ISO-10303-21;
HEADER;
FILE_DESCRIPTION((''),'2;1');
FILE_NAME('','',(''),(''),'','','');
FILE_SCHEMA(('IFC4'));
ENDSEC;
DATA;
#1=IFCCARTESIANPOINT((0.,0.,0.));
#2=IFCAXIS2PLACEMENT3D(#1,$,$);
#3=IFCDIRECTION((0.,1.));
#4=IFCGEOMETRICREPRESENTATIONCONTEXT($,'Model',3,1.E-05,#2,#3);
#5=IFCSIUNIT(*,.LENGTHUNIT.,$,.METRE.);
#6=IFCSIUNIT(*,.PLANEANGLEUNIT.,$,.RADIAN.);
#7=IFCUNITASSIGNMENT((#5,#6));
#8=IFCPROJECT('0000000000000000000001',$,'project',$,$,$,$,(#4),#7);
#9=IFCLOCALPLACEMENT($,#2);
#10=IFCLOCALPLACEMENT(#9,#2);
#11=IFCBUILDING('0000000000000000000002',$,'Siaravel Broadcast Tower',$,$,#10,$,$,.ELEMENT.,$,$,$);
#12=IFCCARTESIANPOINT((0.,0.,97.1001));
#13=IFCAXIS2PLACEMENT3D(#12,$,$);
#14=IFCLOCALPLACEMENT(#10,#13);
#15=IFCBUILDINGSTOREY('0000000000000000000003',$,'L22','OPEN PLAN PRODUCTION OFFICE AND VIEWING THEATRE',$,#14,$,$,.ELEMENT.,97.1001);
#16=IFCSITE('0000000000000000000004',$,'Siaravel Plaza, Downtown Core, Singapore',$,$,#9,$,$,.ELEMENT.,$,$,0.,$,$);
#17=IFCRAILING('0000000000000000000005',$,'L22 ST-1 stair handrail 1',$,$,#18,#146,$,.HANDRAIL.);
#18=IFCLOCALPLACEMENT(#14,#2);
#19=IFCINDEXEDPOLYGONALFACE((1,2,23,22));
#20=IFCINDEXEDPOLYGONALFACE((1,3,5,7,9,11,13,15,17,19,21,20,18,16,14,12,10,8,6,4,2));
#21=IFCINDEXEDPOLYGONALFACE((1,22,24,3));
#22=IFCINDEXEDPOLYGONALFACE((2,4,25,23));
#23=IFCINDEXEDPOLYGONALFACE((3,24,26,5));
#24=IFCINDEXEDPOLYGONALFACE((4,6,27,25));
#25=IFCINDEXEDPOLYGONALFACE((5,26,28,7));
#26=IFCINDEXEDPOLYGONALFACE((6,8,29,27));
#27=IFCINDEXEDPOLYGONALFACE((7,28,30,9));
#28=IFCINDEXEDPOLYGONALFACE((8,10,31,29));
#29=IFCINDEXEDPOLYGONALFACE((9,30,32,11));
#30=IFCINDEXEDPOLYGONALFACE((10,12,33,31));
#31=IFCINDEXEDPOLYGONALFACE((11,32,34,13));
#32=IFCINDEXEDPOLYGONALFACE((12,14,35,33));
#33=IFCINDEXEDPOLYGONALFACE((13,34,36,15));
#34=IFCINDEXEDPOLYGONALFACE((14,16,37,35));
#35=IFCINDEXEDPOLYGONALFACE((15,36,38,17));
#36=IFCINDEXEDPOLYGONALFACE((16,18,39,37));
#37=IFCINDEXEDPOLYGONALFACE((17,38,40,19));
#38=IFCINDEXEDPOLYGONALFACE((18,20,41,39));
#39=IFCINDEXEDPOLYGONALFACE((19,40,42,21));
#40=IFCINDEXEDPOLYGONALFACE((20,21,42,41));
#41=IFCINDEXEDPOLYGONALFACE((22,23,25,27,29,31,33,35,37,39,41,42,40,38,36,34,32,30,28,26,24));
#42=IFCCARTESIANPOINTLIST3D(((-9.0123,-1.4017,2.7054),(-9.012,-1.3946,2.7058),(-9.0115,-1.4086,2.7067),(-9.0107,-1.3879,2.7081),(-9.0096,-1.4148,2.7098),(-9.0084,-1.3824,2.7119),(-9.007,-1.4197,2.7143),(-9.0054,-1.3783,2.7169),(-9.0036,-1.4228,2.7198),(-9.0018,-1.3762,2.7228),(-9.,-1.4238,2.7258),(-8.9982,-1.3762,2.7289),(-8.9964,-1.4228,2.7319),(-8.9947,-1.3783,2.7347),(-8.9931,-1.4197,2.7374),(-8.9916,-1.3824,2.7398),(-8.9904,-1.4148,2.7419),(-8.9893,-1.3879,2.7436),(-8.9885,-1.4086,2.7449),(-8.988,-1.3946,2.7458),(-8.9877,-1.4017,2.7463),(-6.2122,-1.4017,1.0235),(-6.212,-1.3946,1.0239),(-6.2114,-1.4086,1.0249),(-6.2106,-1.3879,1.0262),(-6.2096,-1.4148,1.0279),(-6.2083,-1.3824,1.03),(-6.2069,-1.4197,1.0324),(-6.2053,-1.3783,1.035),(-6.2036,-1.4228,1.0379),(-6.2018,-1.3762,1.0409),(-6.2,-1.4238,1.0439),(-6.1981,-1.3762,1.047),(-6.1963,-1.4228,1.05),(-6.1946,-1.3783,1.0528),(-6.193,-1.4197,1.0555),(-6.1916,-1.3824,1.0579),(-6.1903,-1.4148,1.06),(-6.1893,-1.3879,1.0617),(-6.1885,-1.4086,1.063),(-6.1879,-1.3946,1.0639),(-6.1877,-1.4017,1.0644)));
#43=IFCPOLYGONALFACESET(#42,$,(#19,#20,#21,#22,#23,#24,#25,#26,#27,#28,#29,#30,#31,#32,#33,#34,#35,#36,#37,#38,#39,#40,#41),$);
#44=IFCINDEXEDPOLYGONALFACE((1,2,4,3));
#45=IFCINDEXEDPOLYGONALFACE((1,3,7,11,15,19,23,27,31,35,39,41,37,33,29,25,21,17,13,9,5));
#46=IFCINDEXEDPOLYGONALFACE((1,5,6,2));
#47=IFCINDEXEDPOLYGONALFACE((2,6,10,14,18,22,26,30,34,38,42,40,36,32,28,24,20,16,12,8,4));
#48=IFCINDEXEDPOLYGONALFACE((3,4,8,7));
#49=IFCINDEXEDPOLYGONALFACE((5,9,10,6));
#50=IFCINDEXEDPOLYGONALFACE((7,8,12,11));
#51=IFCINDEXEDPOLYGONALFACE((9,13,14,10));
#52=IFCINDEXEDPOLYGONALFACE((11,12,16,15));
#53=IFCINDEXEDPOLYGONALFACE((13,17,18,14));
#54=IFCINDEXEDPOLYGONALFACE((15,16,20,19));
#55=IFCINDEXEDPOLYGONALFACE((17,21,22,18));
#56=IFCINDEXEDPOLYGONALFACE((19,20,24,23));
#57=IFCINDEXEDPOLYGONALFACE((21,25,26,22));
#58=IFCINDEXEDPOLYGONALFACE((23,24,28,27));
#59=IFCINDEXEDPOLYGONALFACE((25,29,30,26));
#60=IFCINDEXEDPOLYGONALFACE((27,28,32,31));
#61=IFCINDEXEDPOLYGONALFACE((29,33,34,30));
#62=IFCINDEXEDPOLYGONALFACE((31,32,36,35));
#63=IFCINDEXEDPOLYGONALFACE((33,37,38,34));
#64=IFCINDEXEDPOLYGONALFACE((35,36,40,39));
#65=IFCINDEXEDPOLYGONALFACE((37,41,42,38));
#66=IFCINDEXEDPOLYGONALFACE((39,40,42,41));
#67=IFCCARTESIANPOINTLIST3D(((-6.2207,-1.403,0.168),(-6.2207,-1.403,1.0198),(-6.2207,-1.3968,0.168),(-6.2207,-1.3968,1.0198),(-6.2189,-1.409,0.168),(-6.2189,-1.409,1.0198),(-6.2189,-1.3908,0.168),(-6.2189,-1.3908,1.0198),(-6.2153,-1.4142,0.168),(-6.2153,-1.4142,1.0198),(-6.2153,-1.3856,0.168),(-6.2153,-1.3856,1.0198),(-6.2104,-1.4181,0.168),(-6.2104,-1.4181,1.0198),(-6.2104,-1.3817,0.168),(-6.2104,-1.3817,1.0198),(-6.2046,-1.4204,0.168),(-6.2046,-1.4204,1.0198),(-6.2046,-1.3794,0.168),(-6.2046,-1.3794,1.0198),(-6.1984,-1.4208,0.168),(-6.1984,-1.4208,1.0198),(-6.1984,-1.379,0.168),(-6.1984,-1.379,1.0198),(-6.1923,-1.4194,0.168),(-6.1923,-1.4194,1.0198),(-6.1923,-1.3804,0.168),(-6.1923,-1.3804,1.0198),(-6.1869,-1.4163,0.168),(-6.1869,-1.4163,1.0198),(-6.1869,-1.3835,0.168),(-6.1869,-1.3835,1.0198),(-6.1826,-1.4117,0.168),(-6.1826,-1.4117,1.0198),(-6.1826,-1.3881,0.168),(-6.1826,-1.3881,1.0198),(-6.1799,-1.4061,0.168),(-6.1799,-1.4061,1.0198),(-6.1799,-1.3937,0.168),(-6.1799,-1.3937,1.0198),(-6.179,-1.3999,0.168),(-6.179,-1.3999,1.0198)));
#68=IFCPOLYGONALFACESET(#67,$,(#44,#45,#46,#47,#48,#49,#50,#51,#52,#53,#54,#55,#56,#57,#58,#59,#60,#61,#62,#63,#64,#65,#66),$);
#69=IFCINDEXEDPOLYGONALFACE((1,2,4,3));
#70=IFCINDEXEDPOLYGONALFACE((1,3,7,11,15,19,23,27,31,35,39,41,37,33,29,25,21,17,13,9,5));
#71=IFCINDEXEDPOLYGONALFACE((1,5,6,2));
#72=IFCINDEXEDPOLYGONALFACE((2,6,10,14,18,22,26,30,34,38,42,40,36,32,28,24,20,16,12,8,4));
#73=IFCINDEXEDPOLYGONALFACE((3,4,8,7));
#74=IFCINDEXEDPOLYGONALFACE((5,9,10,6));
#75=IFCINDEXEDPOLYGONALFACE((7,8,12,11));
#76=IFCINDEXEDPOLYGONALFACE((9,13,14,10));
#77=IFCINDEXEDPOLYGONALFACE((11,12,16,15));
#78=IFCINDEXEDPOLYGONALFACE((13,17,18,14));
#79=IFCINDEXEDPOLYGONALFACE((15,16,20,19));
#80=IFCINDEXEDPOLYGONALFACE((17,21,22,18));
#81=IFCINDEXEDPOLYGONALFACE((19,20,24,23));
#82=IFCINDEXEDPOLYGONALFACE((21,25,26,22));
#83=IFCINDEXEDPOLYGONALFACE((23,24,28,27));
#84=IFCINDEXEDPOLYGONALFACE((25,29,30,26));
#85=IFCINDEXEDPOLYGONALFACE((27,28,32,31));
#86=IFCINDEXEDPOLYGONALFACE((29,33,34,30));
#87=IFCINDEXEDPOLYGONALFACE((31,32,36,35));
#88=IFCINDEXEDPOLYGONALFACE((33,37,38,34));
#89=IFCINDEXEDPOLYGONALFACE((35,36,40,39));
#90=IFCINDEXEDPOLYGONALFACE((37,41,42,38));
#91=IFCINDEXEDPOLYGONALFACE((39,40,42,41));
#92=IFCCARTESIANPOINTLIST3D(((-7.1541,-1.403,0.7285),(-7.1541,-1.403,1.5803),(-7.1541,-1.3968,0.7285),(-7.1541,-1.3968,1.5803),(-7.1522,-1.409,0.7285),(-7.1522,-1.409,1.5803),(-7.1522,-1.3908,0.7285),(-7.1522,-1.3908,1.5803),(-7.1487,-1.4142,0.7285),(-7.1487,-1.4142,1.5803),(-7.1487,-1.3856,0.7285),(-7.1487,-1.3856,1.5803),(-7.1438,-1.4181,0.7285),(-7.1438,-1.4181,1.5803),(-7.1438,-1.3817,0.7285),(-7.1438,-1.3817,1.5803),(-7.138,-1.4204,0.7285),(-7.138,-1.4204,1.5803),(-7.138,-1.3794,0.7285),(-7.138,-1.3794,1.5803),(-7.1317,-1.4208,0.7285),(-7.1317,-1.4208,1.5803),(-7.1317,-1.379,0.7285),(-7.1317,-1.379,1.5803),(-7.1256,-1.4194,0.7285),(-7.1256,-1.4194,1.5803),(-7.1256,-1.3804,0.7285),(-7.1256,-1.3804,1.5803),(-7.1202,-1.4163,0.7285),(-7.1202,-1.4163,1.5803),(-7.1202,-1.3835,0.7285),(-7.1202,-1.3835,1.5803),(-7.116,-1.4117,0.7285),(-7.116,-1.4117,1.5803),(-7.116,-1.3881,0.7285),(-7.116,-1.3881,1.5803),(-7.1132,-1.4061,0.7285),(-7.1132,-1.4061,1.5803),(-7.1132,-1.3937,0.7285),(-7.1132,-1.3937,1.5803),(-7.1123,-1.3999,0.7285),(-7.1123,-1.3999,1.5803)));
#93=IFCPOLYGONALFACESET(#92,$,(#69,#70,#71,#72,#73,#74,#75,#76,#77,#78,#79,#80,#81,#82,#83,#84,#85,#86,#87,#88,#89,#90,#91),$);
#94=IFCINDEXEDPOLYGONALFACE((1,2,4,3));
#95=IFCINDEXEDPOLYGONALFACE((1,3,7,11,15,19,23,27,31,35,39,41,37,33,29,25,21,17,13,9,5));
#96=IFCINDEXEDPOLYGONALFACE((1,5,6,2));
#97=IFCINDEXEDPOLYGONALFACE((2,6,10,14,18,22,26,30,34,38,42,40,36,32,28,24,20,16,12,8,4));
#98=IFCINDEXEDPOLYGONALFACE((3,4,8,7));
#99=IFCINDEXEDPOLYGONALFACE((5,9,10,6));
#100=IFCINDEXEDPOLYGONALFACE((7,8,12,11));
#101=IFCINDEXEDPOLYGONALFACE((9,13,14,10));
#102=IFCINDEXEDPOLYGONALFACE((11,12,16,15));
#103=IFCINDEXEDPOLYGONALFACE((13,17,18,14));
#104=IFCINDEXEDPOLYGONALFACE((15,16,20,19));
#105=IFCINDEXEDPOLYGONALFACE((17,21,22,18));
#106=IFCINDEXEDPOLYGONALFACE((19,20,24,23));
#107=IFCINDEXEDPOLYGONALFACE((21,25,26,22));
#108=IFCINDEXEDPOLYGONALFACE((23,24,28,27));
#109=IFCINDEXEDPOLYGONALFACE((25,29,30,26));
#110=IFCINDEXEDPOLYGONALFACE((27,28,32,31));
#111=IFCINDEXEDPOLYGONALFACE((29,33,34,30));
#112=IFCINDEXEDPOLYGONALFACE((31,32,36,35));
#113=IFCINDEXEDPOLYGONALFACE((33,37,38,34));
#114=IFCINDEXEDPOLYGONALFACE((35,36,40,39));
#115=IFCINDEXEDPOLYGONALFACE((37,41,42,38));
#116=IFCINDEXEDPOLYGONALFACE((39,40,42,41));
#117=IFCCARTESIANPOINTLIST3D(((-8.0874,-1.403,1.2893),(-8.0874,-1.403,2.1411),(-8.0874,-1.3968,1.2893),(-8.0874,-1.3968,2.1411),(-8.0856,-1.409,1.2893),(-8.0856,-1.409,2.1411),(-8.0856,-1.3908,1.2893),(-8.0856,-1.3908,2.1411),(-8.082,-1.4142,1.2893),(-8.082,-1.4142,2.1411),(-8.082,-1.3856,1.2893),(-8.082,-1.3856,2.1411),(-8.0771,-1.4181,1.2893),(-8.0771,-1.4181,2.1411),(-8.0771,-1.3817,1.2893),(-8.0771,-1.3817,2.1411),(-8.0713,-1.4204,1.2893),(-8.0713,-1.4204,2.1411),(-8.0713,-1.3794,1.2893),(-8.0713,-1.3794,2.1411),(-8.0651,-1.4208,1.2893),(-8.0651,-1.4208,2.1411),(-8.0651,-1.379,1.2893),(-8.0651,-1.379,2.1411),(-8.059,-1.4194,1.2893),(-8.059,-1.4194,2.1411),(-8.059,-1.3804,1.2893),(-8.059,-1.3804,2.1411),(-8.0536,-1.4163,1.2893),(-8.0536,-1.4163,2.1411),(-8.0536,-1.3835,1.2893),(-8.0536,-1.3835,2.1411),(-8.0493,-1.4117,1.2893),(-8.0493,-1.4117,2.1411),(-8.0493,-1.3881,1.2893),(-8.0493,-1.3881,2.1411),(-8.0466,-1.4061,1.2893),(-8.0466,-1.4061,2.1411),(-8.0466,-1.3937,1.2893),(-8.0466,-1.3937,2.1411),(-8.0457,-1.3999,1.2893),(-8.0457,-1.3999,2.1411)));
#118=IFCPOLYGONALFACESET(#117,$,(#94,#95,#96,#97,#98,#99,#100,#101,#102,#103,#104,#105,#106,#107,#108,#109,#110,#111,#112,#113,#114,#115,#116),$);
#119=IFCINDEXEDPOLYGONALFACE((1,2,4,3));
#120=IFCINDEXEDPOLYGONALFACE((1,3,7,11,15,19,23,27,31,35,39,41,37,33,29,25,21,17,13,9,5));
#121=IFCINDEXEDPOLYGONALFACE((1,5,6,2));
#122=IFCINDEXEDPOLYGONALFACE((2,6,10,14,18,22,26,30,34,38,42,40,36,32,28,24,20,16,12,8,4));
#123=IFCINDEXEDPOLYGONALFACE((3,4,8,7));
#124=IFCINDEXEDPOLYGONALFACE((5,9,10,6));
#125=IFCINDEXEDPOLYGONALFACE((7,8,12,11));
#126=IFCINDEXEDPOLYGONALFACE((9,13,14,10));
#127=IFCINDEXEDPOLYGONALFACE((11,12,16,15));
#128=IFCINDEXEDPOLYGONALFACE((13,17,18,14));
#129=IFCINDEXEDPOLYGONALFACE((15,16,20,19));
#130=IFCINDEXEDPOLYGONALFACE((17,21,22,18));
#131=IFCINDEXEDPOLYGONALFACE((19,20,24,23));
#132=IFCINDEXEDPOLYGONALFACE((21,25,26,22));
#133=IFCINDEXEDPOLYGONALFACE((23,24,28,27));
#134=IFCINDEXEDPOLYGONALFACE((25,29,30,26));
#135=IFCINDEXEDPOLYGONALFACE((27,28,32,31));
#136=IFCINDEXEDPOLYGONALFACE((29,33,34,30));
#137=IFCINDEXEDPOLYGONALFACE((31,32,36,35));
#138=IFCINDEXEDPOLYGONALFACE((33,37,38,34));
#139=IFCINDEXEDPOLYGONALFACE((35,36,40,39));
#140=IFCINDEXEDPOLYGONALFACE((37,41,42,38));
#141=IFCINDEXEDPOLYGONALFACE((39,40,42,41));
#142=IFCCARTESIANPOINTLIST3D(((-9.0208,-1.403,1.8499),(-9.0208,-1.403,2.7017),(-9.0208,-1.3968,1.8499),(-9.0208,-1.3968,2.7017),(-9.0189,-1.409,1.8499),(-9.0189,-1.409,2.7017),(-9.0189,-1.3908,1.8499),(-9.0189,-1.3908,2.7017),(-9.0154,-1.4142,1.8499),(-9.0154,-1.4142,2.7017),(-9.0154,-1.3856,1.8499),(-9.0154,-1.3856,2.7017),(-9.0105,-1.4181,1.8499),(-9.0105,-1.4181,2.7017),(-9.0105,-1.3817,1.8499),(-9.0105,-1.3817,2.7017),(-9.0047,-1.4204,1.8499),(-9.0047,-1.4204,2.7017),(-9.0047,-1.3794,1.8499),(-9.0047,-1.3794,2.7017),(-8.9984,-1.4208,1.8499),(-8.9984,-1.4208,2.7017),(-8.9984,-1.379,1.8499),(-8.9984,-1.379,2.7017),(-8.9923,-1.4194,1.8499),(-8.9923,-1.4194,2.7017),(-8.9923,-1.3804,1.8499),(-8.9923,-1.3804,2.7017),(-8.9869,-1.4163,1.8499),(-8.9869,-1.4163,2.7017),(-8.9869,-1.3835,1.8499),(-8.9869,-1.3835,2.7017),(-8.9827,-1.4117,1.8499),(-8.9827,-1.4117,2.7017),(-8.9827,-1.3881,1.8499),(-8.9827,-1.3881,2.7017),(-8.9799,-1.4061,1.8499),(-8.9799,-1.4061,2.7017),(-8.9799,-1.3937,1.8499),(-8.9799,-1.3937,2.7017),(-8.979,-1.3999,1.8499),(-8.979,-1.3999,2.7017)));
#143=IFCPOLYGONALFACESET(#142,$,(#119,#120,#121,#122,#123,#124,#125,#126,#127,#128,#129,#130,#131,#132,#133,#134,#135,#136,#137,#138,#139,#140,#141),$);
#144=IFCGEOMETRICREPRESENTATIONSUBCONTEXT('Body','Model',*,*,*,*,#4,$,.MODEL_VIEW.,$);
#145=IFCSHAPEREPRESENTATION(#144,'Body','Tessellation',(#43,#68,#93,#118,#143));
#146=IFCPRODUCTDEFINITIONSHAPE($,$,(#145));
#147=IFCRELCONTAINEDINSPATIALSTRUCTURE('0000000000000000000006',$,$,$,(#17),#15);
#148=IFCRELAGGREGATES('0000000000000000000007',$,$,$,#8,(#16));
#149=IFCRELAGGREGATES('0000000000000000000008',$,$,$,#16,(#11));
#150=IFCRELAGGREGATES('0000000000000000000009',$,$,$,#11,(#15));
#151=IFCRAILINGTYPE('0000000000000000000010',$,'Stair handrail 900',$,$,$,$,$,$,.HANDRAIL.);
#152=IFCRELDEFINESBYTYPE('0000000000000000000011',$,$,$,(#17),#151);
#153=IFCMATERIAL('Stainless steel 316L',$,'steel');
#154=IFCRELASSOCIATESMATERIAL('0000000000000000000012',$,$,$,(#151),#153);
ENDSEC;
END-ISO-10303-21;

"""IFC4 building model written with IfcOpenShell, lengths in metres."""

from ifc_helpers import new_model, si_unit, direction, frame, origin, origin_2d, place, context, subcontext, project, spatial, circle, extrude, material, type_object, element, save


model = new_model("IFC4")

# Units and contexts
model_context = context("Model", 3, precision=1e-05, world=origin(), true_north=direction((0.0, 1.0)))
body_context = subcontext(model_context, "Body", "Model", "MODEL_VIEW")
ifc_project = project(units=[si_unit("LENGTHUNIT", "METRE"), si_unit("PLANEANGLEUNIT", "RADIAN")], contexts=[model_context])

# Site, building, storey
site_placement = place(None, origin())
site = spatial("IfcSite", under=ifc_project, at=site_placement, Name="Siaravel Plaza, Downtown Core, Singapore", CompositionType="ELEMENT", RefElevation=0.0)
building_placement = place(site_placement, origin())
building = spatial("IfcBuilding", under=site, at=building_placement, Name="Siaravel Broadcast Tower", CompositionType="ELEMENT")
storey_placement = place(building_placement, frame((0.0, 0.0, 97.1001)))
storey = spatial("IfcBuildingStorey", under=building, at=storey_placement, Name="L22", Description="OPEN PLAN PRODUCTION OFFICE AND VIEWING THEATRE", CompositionType="ELEMENT", Elevation=97.1001)

# Railing
ifc_material_1 = material(Name="Stainless steel 316L", Category="steel")
railing_type_1 = type_object("IfcRailingType", Name="Stair handrail 900", PredefinedType="HANDRAIL", material=ifc_material_1)
railing_1_placement = place(storey_placement, frame((-6.2, -1.3999, 0.168)))
element("IfcRailing", 1, at=railing_1_placement, inside=storey, type_object=railing_type_1, Name="L22 ST-1 stair handrail 1", PredefinedType="HANDRAIL", context=body_context, shape_type="SweptSolid", body=[
    extrude(circle(Radius=0.0239, at=origin_2d()), frame((0.0, 0.0, 0.876), z_axis=(-0.857242, 0.0, 0.514913), x_axis=(0.0, -1.0, 0.0)), (0.0, 0.0, 1.0), 3.2664),
    extrude(circle(Radius=0.021, at=origin_2d()), origin(), (0.0, 0.0, 1.0), 0.8518),
    extrude(circle(Radius=0.021, at=origin_2d()), frame((-0.9333, 0.0, 0.5605)), (0.0, 0.0, 1.0), 0.8518),
    extrude(circle(Radius=0.021, at=origin_2d()), frame((-1.8667, 0.0, 1.1213)), (0.0, 0.0, 1.0), 0.8518),
    extrude(circle(Radius=0.021, at=origin_2d()), frame((-2.8, 0.0, 1.6819)), (0.0, 0.0, 1.0), 0.8518),
])

save(model, "model.ifc")
